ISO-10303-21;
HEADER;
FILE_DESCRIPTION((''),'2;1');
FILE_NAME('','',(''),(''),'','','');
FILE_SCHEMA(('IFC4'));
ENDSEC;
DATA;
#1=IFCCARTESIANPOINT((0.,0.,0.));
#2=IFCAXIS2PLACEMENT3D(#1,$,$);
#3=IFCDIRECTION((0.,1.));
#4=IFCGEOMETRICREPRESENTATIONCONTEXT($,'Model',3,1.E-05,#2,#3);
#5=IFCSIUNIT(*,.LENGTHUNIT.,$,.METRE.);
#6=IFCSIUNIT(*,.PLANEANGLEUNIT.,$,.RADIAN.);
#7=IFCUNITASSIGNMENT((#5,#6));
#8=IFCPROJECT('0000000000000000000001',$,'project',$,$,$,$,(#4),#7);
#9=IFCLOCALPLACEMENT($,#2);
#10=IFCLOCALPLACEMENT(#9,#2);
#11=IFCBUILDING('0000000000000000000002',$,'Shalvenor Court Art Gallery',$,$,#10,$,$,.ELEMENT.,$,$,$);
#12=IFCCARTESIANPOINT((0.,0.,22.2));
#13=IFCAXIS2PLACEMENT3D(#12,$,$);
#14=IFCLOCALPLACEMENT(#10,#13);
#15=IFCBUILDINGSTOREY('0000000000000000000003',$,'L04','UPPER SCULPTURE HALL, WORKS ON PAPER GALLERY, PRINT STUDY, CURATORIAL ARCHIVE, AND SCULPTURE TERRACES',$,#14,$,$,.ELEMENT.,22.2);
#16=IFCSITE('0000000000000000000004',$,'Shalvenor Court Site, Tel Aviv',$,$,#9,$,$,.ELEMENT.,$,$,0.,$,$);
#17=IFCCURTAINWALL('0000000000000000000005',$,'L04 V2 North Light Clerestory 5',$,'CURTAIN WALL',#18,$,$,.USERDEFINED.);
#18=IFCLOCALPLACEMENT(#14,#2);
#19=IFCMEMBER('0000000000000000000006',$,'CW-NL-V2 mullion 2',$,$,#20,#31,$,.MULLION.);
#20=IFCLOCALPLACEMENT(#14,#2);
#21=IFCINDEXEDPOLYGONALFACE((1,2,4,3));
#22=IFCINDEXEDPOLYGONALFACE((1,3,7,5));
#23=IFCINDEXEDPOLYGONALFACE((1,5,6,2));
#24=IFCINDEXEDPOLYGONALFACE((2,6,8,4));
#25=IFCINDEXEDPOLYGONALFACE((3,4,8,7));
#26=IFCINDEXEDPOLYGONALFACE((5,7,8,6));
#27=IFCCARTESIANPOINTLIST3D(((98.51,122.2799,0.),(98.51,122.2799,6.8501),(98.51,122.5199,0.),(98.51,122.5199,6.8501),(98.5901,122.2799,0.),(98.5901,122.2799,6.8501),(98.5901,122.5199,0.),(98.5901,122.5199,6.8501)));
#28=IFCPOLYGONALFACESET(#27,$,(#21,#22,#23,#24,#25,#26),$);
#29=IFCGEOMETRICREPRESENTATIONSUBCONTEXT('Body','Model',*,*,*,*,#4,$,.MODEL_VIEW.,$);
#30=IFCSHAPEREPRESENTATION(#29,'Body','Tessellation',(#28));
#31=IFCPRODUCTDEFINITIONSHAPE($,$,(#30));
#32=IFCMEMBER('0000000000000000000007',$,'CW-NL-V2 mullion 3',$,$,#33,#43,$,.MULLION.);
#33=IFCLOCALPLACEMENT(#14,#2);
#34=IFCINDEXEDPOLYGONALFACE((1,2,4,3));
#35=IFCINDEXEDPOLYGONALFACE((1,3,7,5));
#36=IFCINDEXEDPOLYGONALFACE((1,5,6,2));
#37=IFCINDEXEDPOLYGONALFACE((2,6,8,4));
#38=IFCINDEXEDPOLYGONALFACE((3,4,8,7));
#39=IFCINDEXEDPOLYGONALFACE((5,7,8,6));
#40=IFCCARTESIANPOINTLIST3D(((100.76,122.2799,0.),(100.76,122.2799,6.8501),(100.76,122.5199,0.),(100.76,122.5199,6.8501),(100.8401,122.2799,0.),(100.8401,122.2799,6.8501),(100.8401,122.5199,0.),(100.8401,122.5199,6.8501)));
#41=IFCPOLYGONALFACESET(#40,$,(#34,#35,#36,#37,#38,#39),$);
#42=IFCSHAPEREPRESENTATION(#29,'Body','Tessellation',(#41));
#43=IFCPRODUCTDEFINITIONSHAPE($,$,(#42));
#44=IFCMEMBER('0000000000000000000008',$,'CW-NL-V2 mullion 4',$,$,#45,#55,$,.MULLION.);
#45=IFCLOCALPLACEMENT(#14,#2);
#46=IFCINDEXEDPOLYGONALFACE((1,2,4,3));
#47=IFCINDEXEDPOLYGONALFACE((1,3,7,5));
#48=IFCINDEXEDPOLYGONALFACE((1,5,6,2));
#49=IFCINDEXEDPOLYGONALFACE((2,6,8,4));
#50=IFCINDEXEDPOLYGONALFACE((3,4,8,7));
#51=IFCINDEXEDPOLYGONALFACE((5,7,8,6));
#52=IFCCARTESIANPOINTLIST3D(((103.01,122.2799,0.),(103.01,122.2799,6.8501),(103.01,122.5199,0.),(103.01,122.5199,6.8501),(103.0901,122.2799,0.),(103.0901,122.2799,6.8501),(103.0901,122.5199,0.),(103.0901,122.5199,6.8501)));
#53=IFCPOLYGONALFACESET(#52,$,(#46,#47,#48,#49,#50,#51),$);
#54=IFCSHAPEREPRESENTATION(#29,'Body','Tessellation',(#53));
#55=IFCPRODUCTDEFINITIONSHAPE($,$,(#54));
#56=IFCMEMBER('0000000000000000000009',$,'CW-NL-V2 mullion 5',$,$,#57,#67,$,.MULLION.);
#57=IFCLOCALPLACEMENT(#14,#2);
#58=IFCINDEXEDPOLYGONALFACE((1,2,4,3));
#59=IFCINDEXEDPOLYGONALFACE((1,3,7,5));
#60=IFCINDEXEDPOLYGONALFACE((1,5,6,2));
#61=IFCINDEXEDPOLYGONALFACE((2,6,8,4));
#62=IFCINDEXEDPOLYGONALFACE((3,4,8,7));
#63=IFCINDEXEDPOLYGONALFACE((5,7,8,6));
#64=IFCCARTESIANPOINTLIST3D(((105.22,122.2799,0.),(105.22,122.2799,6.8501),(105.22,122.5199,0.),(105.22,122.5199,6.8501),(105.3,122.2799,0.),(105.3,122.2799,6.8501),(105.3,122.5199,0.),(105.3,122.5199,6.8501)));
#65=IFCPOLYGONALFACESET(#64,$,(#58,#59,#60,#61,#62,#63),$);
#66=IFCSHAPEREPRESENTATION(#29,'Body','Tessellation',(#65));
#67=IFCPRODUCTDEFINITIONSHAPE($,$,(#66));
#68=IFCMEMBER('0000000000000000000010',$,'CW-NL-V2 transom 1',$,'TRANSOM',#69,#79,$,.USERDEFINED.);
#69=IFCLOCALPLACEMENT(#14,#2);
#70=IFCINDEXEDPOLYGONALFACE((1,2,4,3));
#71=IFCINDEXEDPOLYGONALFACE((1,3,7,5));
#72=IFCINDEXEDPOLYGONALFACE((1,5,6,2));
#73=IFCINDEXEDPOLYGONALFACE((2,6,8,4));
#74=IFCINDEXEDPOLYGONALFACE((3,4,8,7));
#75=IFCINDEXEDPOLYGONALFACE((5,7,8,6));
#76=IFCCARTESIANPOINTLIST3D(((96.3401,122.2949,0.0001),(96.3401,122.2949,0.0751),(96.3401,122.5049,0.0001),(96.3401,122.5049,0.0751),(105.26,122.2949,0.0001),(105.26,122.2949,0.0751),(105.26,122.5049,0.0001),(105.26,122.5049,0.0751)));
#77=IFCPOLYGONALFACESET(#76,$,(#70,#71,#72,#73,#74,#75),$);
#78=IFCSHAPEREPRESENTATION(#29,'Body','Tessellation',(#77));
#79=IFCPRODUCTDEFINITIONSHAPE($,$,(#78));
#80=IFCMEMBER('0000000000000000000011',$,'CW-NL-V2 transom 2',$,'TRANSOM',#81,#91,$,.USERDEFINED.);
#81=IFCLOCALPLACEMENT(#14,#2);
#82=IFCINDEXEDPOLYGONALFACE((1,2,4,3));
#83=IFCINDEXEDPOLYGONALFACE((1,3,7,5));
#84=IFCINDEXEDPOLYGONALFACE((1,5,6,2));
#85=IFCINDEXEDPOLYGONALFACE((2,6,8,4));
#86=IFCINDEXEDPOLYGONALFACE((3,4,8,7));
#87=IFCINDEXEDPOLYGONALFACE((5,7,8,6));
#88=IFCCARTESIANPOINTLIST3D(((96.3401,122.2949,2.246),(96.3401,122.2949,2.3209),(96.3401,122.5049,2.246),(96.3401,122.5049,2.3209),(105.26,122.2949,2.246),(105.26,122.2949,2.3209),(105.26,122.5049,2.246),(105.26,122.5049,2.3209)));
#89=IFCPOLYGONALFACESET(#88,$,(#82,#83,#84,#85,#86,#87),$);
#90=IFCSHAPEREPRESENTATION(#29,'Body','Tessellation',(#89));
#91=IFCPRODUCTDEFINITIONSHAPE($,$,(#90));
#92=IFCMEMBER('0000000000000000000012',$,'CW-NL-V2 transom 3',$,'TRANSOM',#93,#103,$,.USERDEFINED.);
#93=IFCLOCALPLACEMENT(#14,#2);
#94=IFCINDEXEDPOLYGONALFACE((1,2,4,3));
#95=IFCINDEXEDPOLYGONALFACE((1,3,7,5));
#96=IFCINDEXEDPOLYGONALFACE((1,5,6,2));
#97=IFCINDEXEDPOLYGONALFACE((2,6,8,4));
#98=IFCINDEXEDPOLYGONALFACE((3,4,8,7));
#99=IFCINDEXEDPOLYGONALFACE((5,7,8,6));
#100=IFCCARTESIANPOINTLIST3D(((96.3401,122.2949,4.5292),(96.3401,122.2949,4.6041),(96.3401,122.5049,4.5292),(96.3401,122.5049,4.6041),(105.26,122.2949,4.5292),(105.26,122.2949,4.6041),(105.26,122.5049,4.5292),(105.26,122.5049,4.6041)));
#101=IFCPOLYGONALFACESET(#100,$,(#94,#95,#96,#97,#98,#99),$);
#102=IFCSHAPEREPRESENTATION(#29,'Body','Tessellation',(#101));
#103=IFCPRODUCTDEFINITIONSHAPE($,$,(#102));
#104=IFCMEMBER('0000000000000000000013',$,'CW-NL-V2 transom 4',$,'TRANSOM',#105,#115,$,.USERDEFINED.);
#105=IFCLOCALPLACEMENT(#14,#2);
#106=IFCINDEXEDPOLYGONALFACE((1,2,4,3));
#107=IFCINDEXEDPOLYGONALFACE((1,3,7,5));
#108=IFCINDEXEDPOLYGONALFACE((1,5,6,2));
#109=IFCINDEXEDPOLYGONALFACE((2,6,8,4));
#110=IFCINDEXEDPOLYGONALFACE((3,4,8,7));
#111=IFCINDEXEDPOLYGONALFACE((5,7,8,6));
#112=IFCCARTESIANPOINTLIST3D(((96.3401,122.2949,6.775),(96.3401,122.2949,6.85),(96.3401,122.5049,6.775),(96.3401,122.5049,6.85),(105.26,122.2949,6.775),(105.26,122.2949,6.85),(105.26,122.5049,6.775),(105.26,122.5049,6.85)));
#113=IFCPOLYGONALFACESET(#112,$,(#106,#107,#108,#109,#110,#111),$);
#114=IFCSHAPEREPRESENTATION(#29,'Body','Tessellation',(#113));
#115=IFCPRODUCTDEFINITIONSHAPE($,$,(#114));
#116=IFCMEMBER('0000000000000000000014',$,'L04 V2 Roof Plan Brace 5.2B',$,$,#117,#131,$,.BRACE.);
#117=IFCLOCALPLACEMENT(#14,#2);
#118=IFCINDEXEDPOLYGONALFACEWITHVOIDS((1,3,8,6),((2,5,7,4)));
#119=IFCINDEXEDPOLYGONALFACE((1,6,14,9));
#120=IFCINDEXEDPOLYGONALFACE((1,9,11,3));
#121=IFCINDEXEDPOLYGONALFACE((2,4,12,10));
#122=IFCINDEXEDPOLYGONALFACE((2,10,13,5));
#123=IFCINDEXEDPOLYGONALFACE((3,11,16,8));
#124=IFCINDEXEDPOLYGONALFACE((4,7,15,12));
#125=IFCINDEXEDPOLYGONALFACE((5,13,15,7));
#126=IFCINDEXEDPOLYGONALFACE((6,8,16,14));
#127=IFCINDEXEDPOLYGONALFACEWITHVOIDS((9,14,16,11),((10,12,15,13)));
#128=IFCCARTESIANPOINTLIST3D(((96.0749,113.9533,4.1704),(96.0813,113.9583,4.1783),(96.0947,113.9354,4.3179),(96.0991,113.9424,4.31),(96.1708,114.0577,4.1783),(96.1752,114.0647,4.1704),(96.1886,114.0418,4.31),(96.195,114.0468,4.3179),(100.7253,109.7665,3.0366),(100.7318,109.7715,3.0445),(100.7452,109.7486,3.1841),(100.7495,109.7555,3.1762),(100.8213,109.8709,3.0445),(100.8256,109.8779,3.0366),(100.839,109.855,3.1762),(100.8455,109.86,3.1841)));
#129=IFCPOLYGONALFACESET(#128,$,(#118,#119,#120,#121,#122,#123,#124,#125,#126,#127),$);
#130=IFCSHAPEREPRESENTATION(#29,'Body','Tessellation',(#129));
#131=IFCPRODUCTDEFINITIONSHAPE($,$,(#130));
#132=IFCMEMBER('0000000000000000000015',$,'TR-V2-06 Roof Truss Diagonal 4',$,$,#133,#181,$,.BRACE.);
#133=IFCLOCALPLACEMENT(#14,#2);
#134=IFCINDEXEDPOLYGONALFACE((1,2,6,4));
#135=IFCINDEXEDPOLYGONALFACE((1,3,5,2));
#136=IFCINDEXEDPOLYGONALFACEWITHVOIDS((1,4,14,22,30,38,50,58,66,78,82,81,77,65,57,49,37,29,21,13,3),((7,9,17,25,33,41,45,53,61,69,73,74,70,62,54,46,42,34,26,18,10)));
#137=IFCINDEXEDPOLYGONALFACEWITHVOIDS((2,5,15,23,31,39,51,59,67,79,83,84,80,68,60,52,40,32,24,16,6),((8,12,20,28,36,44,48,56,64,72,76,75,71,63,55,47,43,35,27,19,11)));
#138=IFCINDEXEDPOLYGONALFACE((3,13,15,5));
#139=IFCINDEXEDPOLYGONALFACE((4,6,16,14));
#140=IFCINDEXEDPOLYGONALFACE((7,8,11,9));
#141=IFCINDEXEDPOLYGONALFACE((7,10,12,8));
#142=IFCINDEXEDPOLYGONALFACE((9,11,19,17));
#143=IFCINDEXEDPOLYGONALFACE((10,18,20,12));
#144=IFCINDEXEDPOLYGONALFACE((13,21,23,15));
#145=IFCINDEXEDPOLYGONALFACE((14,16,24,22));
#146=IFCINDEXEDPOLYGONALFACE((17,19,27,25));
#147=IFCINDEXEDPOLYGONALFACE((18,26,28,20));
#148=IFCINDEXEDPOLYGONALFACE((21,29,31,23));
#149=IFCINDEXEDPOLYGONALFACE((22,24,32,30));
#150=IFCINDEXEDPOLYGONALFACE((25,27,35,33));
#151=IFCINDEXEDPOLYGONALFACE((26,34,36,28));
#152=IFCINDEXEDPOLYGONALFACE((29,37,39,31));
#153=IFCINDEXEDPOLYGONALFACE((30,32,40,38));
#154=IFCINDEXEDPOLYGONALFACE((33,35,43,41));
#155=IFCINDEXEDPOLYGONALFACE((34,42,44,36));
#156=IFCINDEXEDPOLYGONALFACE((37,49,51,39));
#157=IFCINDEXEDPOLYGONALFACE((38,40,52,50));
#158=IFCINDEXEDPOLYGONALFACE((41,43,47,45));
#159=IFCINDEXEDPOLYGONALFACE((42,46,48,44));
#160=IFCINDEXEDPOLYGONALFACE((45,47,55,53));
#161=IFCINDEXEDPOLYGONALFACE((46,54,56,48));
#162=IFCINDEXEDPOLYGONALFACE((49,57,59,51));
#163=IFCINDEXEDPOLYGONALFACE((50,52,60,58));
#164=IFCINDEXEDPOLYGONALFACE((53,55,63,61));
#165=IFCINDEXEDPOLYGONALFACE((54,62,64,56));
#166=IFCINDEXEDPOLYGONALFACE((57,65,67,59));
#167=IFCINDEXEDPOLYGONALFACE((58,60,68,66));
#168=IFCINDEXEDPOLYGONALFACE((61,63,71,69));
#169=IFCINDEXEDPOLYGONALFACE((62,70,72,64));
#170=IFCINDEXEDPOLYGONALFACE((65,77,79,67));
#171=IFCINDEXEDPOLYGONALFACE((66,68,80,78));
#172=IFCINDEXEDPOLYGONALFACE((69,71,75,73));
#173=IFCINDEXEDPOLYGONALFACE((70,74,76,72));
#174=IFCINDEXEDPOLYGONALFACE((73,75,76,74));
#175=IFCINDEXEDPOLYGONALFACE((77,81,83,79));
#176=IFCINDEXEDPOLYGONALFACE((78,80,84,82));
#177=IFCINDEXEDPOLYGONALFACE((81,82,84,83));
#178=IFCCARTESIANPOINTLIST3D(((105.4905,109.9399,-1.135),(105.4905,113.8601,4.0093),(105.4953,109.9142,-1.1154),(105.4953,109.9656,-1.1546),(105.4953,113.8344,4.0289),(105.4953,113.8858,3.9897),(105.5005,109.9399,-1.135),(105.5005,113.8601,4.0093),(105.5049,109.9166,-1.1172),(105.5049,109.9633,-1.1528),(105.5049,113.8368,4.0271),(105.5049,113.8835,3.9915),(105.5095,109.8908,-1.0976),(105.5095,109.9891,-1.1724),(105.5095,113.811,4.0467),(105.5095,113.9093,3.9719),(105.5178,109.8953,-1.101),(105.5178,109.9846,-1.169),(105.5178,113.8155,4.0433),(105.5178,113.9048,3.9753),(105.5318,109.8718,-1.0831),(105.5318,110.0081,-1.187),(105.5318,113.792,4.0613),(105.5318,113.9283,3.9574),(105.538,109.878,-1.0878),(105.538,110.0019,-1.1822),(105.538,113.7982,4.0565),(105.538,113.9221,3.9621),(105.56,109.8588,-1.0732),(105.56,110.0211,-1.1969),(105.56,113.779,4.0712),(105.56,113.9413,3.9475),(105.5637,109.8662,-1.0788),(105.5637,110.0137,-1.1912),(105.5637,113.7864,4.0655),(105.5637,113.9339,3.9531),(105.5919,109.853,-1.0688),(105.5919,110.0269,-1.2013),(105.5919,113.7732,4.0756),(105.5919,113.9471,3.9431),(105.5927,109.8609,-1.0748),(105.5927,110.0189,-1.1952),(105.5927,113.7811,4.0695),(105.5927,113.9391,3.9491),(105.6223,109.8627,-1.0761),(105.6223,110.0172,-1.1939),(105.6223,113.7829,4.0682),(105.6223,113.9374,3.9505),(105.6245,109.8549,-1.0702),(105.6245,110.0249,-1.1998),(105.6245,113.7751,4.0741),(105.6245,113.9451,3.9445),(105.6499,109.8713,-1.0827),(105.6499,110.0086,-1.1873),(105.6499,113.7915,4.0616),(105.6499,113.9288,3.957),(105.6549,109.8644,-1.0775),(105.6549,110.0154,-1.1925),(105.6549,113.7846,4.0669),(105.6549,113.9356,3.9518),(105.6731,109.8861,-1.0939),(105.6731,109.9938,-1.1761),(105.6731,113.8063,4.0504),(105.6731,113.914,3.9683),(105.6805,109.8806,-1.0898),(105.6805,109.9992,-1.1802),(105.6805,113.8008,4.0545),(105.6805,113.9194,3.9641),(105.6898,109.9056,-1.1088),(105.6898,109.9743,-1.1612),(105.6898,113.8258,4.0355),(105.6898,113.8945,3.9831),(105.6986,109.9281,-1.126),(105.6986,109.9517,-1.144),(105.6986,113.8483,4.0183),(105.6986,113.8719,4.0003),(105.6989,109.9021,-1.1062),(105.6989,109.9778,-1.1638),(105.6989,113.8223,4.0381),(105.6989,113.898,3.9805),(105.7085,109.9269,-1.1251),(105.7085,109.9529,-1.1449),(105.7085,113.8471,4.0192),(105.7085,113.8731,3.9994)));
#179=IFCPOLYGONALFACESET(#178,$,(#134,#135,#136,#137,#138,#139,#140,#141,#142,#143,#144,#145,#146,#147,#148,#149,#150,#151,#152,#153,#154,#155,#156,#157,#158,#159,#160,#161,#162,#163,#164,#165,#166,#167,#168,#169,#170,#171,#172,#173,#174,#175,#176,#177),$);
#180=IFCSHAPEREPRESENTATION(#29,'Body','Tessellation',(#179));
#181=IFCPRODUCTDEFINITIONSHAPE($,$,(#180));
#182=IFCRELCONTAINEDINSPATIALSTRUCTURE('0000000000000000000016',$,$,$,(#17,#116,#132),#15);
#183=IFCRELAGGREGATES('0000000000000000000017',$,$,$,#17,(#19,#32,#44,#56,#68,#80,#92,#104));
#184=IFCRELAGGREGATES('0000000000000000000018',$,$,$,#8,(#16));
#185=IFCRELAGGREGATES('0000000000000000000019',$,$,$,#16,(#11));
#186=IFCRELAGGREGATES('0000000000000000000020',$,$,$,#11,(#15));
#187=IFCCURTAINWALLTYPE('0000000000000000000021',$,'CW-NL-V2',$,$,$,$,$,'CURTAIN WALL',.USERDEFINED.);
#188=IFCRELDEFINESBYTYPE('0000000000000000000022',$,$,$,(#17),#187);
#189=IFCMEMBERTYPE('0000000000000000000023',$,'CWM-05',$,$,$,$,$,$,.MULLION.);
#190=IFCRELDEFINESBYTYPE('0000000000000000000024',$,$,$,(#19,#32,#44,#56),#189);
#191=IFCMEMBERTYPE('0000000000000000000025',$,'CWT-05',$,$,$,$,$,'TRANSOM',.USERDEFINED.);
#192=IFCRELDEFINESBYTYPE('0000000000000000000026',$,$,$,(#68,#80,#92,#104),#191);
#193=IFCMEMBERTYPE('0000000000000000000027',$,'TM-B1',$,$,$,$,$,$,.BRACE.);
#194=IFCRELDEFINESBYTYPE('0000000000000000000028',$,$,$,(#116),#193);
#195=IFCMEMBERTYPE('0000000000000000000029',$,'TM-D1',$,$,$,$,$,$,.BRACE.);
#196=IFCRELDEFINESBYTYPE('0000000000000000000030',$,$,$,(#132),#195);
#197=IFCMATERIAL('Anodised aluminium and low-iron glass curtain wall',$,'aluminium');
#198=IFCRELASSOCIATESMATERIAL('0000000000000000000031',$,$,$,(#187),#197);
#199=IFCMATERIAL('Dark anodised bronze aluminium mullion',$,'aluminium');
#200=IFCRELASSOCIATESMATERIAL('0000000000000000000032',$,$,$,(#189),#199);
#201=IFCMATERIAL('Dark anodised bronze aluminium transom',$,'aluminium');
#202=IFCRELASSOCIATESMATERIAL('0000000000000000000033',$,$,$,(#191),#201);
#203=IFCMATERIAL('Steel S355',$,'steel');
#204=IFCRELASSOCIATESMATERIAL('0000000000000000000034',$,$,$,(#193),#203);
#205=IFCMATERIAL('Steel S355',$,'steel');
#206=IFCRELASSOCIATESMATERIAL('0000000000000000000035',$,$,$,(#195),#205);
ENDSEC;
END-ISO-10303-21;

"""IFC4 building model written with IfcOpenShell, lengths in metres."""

from ifc_helpers import new_model, si_unit, direction, frame, origin, origin_2d, place, context, subcontext, project, spatial, rectangle, hollow_rectangle, hollow_circle, extrude, material, material_profile, profile_set, type_object, element, aggregate, save


model = new_model("IFC4")

# Units and contexts
model_context = context("Model", 3, precision=1e-05, world=origin(), true_north=direction((0.0, 1.0)))
body_context = subcontext(model_context, "Body", "Model", "MODEL_VIEW")
ifc_project = project(units=[si_unit("LENGTHUNIT", "METRE"), si_unit("PLANEANGLEUNIT", "RADIAN")], contexts=[model_context])

# Site, building, storey
site_placement = place(None, origin())
site = spatial("IfcSite", under=ifc_project, at=site_placement, Name="Shalvenor Court Site, Tel Aviv", CompositionType="ELEMENT", RefElevation=0.0)
building_placement = place(site_placement, origin())
building = spatial("IfcBuilding", under=site, at=building_placement, Name="Shalvenor Court Art Gallery", CompositionType="ELEMENT")
storey_placement = place(building_placement, frame((0.0, 0.0, 22.2)))
storey = spatial("IfcBuildingStorey", under=building, at=storey_placement, Name="L04", Description="UPPER SCULPTURE HALL, WORKS ON PAPER GALLERY, PRINT STUDY, CURATORIAL ARCHIVE, AND SCULPTURE TERRACES", CompositionType="ELEMENT", Elevation=22.2)

# Curtain wall, members
ifc_material_1 = material(Name="Anodised aluminium and low-iron glass curtain wall", Category="aluminium")
curtain_wall_type = type_object("IfcCurtainWallType", Name="CW-NL-V2", ElementType="CURTAIN WALL", PredefinedType="USERDEFINED", material=ifc_material_1)
curtain_wall_placement = place(storey_placement, origin())
curtain_wall = element("IfcCurtainWall", 1, at=curtain_wall_placement, inside=storey, type_object=curtain_wall_type, Name="L04 V2 North Light Clerestory 5", ObjectType="CURTAIN WALL", PredefinedType="USERDEFINED")
ifc_material_2 = material(Name="Dark anodised bronze aluminium mullion", Category="aluminium")
ifc_material_profile_1 = material_profile(ifc_material_2, rectangle(XDim=0.0801, YDim=0.24, at=origin_2d()), Name="CWM-05")
ifc_profile_set_1 = profile_set([ifc_material_profile_1], Name="Dark anodised bronze aluminium mullion")
member_type_1 = type_object("IfcMemberType", Name="CWM-05", PredefinedType="MULLION", material=ifc_profile_set_1)
member_1_placement = place(storey_placement, frame((98.55, 122.3999, 0.0), z_axis=(0.0, 0.0, 1.0), x_axis=(1.0, 0.0, 0.0)))
member_1 = element("IfcMember", 2, at=member_1_placement, type_object=member_type_1, Name="CW-NL-V2 mullion 2", PredefinedType="MULLION", context=body_context, shape_type="SweptSolid", body=[
    extrude(rectangle(XDim=0.0801, YDim=0.24, at=origin_2d()), origin(), (0.0, 0.0, 1.0), 6.8501),
])
member_2_placement = place(storey_placement, frame((100.8, 122.3999, 0.0), z_axis=(0.0, 0.0, 1.0), x_axis=(1.0, 0.0, 0.0)))
member_2 = element("IfcMember", 3, at=member_2_placement, type_object=member_type_1, Name="CW-NL-V2 mullion 3", PredefinedType="MULLION", context=body_context, shape_type="SweptSolid", body=[
    extrude(rectangle(XDim=0.0801, YDim=0.24, at=origin_2d()), origin(), (0.0, 0.0, 1.0), 6.8501),
])
member_3_placement = place(storey_placement, frame((103.05, 122.3999, 0.0), z_axis=(0.0, 0.0, 1.0), x_axis=(1.0, 0.0, 0.0)))
member_3 = element("IfcMember", 4, at=member_3_placement, type_object=member_type_1, Name="CW-NL-V2 mullion 4", PredefinedType="MULLION", context=body_context, shape_type="SweptSolid", body=[
    extrude(rectangle(XDim=0.0801, YDim=0.24, at=origin_2d()), origin(), (0.0, 0.0, 1.0), 6.8501),
])
member_4_placement = place(storey_placement, frame((105.26, 122.3999, 0.0), z_axis=(0.0, 0.0, 1.0), x_axis=(1.0, 0.0, 0.0)))
member_4 = element("IfcMember", 5, at=member_4_placement, type_object=member_type_1, Name="CW-NL-V2 mullion 5", PredefinedType="MULLION", context=body_context, shape_type="SweptSolid", body=[
    extrude(rectangle(XDim=0.0801, YDim=0.24, at=origin_2d()), origin(), (0.0, 0.0, 1.0), 6.8501),
])
ifc_material_3 = material(Name="Dark anodised bronze aluminium transom", Category="aluminium")
ifc_material_profile_2 = material_profile(ifc_material_3, rectangle(XDim=0.21, YDim=0.075, at=origin_2d()), Name="CWT-05")
ifc_profile_set_2 = profile_set([ifc_material_profile_2], Name="Dark anodised bronze aluminium transom")
member_type_2 = type_object("IfcMemberType", Name="CWT-05", ElementType="TRANSOM", PredefinedType="USERDEFINED", material=ifc_profile_set_2)
member_5_placement = place(storey_placement, frame((96.3401, 122.3999, 0.0376), z_axis=(1.0, 0.0, 0.0), x_axis=(0.0, 1.0, 0.0)))
member_5 = element("IfcMember", 6, at=member_5_placement, type_object=member_type_2, Name="CW-NL-V2 transom 1", ObjectType="TRANSOM", PredefinedType="USERDEFINED", context=body_context, shape_type="SweptSolid", body=[
    extrude(rectangle(XDim=0.21, YDim=0.075, at=origin_2d()), origin(), (0.0, 0.0, 1.0), 8.9199),
])
member_6_placement = place(storey_placement, frame((96.3401, 122.3999, 2.2834), z_axis=(1.0, 0.0, 0.0), x_axis=(0.0, 1.0, 0.0)))
member_6 = element("IfcMember", 7, at=member_6_placement, type_object=member_type_2, Name="CW-NL-V2 transom 2", ObjectType="TRANSOM", PredefinedType="USERDEFINED", context=body_context, shape_type="SweptSolid", body=[
    extrude(rectangle(XDim=0.21, YDim=0.075, at=origin_2d()), origin(), (0.0, 0.0, 1.0), 8.9199),
])
member_7_placement = place(storey_placement, frame((96.3401, 122.3999, 4.5667), z_axis=(1.0, 0.0, 0.0), x_axis=(0.0, 1.0, 0.0)))
member_7 = element("IfcMember", 8, at=member_7_placement, type_object=member_type_2, Name="CW-NL-V2 transom 3", ObjectType="TRANSOM", PredefinedType="USERDEFINED", context=body_context, shape_type="SweptSolid", body=[
    extrude(rectangle(XDim=0.21, YDim=0.075, at=origin_2d()), origin(), (0.0, 0.0, 1.0), 8.9199),
])
member_8_placement = place(storey_placement, frame((96.3401, 122.3999, 6.8125), z_axis=(1.0, 0.0, 0.0), x_axis=(0.0, 1.0, 0.0)))
member_8 = element("IfcMember", 9, at=member_8_placement, type_object=member_type_2, Name="CW-NL-V2 transom 4", ObjectType="TRANSOM", PredefinedType="USERDEFINED", context=body_context, shape_type="SweptSolid", body=[
    extrude(rectangle(XDim=0.21, YDim=0.075, at=origin_2d()), origin(), (0.0, 0.0, 1.0), 8.9199),
])

# Members
ifc_material_4 = material(Name="Steel S355", Category="steel")
ifc_material_profile_3 = material_profile(ifc_material_4, hollow_rectangle(XDim=0.1499, YDim=0.1499, WallThickness=0.0081, at=origin_2d()), Name="SHS 150x150x8.0")
ifc_profile_set_3 = profile_set([ifc_material_profile_3], Name="Steel S355")
member_type_3 = type_object("IfcMemberType", Name="TM-B1", PredefinedType="BRACE", material=ifc_profile_set_3)
member_9_placement = place(storey_placement, frame((100.7854, 109.8132, 3.1104), z_axis=(-0.731275, 0.65837, 0.178288), x_axis=(-0.66909, -0.743182, 0.0)))
element("IfcMember", 10, at=member_9_placement, inside=storey, type_object=member_type_3, Name="L04 V2 Roof Plan Brace 5.2B", PredefinedType="BRACE", context=body_context, shape_type="SweptSolid", body=[
    extrude(hollow_rectangle(XDim=0.1499, YDim=0.1499, WallThickness=0.0081, at=origin_2d()), origin(), (0.0, 0.0, 1.0), 6.3594),
])
ifc_material_5 = material(Name="Steel S355", Category="steel")
ifc_material_profile_4 = material_profile(ifc_material_5, hollow_circle(Radius=0.1096, WallThickness=0.01, at=origin_2d()), Name="CHS 219.1x10.0")
ifc_profile_set_4 = profile_set([ifc_material_profile_4], Name="Steel S355")
member_type_4 = type_object("IfcMemberType", Name="TM-D1", PredefinedType="BRACE", material=ifc_profile_set_4)
member_10_placement = place(storey_placement, frame((105.6001, 109.9399, -1.135), z_axis=(0.0, 0.606113, 0.795379), x_axis=(-1.0, 0.0, 0.0)))
element("IfcMember", 11, at=member_10_placement, inside=storey, type_object=member_type_4, Name="TR-V2-06 Roof Truss Diagonal 4", PredefinedType="BRACE", context=body_context, shape_type="SweptSolid", body=[
    extrude(hollow_circle(Radius=0.1096, WallThickness=0.01, at=origin_2d()), origin(), (0.0, 0.0, 1.0), 6.4678),
])

aggregate(curtain_wall, [member_1, member_2, member_3, member_4, member_5, member_6, member_7, member_8])

save(model, "model.ifc")
